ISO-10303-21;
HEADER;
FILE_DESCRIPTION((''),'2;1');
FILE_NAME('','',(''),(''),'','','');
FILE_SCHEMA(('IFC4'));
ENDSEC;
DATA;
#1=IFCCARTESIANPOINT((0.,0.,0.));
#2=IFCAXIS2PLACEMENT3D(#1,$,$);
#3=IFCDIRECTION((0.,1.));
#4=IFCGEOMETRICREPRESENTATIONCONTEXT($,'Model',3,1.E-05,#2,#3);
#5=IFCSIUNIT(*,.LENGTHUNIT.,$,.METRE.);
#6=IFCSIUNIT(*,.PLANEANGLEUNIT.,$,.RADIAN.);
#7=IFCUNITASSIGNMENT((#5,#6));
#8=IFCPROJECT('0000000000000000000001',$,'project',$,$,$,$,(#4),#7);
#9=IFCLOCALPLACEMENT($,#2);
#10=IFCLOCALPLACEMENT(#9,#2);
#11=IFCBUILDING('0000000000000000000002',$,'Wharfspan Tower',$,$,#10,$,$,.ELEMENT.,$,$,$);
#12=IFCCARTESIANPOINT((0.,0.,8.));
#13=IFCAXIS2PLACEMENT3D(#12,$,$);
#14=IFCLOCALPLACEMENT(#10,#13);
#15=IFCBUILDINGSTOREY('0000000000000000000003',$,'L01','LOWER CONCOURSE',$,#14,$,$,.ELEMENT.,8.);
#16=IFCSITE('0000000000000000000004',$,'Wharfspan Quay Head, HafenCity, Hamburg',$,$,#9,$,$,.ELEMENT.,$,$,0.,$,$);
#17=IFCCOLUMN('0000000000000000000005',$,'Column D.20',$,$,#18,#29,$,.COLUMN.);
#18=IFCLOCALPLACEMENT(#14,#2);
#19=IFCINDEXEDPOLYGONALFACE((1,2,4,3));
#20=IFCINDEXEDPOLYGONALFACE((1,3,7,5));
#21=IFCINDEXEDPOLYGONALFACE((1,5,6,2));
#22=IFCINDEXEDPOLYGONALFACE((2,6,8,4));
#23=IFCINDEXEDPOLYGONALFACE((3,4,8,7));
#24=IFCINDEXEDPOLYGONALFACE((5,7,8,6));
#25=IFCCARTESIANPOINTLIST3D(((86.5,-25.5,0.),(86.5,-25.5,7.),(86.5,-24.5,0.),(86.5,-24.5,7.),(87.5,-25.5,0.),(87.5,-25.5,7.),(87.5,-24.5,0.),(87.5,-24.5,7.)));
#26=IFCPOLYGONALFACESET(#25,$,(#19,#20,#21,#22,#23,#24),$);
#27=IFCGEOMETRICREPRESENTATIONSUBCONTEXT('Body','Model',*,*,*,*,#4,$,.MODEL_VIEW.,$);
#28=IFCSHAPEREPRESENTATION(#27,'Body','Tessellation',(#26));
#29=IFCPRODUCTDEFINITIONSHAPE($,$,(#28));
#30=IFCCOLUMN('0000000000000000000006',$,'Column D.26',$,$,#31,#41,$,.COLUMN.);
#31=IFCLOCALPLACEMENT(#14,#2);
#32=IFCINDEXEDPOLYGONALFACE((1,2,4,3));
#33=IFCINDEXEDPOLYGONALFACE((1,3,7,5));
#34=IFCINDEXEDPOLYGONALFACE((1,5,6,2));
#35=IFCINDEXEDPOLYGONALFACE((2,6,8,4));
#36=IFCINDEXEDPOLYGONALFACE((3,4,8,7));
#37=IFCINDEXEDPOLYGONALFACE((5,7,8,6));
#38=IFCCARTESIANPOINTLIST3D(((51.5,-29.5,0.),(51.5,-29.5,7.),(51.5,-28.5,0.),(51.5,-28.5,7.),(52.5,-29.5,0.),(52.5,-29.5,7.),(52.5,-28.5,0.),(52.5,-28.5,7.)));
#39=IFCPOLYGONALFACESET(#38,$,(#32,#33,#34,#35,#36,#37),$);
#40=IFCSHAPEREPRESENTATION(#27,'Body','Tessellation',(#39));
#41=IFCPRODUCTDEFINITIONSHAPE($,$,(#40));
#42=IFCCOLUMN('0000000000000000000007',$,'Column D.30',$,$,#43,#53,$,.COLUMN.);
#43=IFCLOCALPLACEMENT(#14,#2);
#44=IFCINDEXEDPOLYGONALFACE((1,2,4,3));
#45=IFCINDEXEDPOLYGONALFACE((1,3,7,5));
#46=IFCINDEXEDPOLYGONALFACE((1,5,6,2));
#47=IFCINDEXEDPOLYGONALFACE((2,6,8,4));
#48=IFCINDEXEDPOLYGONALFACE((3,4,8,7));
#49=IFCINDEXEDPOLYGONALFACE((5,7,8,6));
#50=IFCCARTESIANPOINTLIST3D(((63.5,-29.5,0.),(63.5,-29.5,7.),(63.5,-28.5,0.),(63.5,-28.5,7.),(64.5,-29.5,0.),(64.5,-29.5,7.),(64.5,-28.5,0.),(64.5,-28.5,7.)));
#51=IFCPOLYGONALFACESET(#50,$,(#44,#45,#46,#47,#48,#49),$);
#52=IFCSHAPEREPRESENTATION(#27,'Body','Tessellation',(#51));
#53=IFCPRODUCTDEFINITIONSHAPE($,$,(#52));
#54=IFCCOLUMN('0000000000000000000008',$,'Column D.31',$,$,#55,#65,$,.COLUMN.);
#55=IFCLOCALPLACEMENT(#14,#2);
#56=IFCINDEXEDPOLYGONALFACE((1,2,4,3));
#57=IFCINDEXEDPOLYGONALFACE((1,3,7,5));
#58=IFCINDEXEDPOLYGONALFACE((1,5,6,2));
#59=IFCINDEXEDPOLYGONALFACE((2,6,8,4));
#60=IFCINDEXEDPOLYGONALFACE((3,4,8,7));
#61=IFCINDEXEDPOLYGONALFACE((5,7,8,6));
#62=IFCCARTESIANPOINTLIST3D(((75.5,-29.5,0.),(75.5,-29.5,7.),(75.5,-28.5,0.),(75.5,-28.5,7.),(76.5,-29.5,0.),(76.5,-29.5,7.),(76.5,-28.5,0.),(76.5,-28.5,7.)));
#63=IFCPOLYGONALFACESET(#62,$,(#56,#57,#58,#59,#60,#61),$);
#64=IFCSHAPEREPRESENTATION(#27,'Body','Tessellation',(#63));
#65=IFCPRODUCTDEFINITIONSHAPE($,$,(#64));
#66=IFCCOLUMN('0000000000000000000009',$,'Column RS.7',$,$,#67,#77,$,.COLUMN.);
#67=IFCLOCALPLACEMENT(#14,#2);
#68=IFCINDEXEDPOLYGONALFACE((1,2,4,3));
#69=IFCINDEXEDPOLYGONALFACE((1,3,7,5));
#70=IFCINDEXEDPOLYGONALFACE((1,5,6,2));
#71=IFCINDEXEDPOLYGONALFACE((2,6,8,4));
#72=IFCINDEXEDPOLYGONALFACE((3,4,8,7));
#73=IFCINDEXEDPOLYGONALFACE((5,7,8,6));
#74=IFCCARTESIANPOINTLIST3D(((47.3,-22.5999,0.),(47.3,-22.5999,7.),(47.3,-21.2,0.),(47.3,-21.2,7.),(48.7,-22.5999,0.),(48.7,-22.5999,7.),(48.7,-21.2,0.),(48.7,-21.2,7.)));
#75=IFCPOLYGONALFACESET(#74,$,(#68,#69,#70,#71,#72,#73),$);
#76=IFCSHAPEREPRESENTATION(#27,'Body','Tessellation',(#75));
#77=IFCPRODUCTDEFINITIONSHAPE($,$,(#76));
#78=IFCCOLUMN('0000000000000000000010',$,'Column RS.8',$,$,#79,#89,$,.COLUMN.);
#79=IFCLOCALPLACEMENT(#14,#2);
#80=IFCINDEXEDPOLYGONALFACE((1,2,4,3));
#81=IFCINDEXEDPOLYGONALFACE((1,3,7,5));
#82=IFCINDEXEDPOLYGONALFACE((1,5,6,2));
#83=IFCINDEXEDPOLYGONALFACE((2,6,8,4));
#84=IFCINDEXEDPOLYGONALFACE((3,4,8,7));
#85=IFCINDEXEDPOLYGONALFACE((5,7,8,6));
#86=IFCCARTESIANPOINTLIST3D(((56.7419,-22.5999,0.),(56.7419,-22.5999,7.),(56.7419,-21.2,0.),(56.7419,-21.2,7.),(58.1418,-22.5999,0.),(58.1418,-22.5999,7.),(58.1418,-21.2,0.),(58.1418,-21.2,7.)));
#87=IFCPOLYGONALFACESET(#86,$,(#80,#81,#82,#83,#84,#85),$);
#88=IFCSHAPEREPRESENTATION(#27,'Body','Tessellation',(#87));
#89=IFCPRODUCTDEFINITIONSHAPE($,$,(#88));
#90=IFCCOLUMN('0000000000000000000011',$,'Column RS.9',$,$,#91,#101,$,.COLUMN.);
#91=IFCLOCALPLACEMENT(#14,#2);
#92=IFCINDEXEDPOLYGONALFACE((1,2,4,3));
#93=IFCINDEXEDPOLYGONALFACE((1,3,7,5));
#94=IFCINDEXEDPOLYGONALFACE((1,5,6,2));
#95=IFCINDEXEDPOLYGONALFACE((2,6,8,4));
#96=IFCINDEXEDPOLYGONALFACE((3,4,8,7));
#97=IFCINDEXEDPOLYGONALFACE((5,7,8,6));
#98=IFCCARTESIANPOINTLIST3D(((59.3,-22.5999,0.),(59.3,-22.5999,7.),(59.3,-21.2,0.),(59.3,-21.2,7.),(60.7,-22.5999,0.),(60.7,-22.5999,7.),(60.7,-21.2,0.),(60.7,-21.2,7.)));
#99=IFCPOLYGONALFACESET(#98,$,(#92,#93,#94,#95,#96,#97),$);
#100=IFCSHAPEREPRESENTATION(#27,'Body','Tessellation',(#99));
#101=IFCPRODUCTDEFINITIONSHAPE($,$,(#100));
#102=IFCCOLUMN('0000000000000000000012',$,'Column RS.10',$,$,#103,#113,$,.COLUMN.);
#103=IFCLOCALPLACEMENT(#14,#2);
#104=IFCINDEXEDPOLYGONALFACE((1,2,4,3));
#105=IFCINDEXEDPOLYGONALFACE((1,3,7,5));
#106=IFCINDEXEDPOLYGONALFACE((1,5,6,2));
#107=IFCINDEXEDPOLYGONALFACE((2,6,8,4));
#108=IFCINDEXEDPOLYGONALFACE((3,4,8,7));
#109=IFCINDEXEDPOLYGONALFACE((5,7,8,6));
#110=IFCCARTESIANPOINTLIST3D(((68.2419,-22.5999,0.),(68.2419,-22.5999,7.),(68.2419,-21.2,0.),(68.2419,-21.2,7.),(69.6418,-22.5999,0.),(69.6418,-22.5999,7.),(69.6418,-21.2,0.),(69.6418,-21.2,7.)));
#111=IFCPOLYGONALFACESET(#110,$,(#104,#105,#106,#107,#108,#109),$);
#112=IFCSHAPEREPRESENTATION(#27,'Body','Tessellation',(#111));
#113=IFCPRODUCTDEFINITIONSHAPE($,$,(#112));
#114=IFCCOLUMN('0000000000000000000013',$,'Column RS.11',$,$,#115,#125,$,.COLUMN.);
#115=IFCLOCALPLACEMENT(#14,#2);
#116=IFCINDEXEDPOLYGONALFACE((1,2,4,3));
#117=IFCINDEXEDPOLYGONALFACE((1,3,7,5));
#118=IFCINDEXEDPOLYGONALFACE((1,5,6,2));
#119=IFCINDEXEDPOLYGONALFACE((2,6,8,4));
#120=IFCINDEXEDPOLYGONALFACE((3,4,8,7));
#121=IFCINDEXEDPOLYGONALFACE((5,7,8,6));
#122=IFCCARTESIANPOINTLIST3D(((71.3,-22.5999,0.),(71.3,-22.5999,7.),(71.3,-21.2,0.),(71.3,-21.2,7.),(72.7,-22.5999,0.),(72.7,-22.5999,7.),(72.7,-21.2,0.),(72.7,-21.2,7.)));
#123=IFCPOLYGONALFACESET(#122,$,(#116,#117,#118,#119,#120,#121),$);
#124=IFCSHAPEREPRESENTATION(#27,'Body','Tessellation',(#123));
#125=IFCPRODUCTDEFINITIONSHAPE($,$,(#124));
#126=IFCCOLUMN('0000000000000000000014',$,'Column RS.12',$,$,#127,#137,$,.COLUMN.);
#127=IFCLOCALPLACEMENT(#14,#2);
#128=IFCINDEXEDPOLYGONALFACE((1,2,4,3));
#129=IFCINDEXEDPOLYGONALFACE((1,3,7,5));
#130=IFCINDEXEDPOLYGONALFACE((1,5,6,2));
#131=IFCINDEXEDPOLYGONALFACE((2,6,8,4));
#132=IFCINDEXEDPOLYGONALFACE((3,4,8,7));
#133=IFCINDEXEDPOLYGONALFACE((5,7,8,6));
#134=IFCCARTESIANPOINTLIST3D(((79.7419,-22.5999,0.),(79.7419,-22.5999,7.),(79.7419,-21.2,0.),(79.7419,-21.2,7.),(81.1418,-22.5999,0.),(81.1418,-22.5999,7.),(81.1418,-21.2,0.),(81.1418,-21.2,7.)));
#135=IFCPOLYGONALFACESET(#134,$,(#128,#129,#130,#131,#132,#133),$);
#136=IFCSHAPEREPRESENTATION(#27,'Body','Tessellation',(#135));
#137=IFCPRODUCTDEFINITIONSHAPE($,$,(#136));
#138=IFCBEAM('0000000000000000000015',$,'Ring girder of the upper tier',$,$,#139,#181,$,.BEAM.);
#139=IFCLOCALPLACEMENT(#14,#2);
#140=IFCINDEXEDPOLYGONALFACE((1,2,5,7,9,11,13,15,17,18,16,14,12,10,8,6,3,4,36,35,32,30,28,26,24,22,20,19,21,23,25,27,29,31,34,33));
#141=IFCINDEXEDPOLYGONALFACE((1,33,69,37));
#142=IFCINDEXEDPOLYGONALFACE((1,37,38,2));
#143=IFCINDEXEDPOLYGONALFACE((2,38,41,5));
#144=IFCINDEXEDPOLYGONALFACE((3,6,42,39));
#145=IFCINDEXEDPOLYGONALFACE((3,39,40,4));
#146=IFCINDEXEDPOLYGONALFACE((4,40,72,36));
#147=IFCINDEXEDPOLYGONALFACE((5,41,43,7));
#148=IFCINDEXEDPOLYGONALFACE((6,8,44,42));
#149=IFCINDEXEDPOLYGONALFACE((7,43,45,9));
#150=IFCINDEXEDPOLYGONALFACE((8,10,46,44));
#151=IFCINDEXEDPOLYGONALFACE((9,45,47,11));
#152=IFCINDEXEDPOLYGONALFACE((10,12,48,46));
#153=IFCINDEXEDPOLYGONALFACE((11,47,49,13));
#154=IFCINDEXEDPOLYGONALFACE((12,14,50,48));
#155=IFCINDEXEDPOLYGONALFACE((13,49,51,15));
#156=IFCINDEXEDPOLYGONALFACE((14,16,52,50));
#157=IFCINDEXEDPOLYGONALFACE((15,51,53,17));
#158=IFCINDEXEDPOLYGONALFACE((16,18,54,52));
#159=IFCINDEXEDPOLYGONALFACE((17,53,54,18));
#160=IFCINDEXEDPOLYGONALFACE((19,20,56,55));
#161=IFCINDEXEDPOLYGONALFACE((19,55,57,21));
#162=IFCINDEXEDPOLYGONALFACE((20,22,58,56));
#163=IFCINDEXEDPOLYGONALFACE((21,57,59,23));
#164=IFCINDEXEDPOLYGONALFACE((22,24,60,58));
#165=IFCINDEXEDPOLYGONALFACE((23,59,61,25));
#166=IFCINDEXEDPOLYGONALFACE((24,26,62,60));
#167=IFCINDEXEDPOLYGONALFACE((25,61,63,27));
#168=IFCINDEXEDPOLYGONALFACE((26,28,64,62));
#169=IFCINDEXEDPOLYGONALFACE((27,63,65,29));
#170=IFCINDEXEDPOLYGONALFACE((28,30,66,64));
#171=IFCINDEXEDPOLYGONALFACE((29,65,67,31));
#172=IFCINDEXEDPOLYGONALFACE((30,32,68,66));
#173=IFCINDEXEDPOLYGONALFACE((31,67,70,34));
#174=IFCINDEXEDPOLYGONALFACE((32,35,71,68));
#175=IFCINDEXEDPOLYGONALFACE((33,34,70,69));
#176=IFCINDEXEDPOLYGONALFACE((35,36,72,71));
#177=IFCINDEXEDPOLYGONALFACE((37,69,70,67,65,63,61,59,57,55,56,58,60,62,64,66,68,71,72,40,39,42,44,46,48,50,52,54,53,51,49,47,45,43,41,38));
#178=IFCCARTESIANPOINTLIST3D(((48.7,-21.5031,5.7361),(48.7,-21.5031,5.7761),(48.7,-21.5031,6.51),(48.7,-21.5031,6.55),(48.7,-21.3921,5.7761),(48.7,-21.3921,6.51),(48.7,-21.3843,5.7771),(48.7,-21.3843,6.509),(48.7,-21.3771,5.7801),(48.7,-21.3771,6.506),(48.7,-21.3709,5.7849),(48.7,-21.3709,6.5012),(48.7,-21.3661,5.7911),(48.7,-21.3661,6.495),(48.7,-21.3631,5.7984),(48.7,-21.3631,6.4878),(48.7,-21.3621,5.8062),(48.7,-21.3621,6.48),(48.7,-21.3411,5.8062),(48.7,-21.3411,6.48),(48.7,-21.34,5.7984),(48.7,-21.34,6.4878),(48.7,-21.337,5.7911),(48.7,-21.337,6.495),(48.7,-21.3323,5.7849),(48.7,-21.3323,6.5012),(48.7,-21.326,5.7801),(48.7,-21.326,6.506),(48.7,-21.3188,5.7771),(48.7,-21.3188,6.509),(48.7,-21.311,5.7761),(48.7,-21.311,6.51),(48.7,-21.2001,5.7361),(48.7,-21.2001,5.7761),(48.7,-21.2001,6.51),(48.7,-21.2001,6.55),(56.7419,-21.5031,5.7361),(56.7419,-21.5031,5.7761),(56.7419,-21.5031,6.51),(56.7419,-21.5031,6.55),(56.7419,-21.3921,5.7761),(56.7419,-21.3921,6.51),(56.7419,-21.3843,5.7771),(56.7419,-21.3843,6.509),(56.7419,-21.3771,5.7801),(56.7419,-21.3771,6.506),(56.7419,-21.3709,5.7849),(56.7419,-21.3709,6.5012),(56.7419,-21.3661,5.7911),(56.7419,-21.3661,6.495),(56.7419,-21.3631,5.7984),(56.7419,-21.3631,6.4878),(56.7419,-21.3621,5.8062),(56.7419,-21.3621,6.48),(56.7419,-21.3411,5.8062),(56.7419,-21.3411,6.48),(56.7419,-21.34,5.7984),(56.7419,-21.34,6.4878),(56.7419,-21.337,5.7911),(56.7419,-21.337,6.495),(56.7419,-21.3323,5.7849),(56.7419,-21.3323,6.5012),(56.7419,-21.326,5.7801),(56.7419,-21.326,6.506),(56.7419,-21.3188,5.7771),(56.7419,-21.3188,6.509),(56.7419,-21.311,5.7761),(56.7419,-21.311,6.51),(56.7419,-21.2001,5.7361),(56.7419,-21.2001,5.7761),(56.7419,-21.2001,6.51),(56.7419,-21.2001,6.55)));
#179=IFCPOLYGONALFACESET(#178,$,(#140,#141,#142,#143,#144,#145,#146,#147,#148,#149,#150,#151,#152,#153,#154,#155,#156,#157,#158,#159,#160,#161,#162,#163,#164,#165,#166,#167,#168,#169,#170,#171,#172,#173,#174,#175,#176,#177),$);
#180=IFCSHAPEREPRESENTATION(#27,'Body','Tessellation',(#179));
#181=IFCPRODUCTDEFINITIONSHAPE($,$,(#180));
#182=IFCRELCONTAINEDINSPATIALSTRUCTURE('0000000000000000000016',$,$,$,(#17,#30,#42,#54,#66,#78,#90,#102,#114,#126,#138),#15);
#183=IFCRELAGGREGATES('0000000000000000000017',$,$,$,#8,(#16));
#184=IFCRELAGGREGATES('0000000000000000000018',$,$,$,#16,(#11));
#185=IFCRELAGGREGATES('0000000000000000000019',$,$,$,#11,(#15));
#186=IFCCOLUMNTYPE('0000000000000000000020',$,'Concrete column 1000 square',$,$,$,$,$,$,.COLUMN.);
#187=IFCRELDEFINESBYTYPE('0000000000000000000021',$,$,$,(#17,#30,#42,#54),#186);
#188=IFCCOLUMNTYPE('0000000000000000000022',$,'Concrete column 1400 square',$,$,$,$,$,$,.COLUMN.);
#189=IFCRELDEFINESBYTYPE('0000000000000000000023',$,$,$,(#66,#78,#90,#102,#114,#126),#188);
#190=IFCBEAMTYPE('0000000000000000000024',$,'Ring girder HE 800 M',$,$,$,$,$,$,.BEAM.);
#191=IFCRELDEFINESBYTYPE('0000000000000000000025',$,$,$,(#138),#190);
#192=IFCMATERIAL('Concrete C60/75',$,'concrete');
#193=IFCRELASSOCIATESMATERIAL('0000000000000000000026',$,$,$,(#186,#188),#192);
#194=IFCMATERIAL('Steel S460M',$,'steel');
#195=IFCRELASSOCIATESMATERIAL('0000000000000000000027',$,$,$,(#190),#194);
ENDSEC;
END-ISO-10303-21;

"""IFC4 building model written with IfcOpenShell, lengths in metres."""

from ifc_helpers import new_model, si_unit, direction, frame, origin, origin_2d, place, context, subcontext, project, spatial, rectangle, i_section, extrude, material, material_profile, profile_set, type_object, element, save


model = new_model("IFC4")

# Units and contexts
model_context = context("Model", 3, precision=1e-05, world=origin(), true_north=direction((0.0, 1.0)))
body_context = subcontext(model_context, "Body", "Model", "MODEL_VIEW")
ifc_project = project(units=[si_unit("LENGTHUNIT", "METRE"), si_unit("PLANEANGLEUNIT", "RADIAN")], contexts=[model_context])

# Site, building, storey
site_placement = place(None, origin())
site = spatial("IfcSite", under=ifc_project, at=site_placement, Name="Wharfspan Quay Head, HafenCity, Hamburg", CompositionType="ELEMENT", RefElevation=0.0)
building_placement = place(site_placement, origin())
building = spatial("IfcBuilding", under=site, at=building_placement, Name="Wharfspan Tower", CompositionType="ELEMENT")
storey_placement = place(building_placement, frame((0.0, 0.0, 8.0)))
storey = spatial("IfcBuildingStorey", under=building, at=storey_placement, Name="L01", Description="LOWER CONCOURSE", CompositionType="ELEMENT", Elevation=8.0)

# Columns
ifc_material_1 = material(Name="Concrete C60/75", Category="concrete")
ifc_material_profile_1 = material_profile(ifc_material_1, rectangle(XDim=1.0, YDim=1.0, at=origin_2d()))
ifc_profile_set_1 = profile_set([ifc_material_profile_1], Name="Concrete C60/75")
column_type_1 = type_object("IfcColumnType", Name="Concrete column 1000 square", PredefinedType="COLUMN", material=ifc_profile_set_1)
for number, where, z_axis, x_axis, name in (
    (1, (87.0, -25.0, 0.0), (0.0, 0.0, 1.0), (1.0, 0.0, 0.0), "Column D.20"),
    (2, (52.0, -29.0, 0.0), (0.0, 0.0, 1.0), (1.0, 0.0, 0.0), "Column D.26"),
    (3, (64.0, -29.0, 0.0), (0.0, 0.0, 1.0), (1.0, 0.0, 0.0), "Column D.30"),
    (4, (76.0, -29.0, 0.0), (0.0, 0.0, 1.0), (1.0, 0.0, 0.0), "Column D.31"),
):
    element("IfcColumn", number, at=place(storey_placement, frame(where, z_axis=z_axis, x_axis=x_axis)), inside=storey, type_object=column_type_1, Name=name, PredefinedType="COLUMN", context=body_context, shape_type="SweptSolid", body=[
        extrude(rectangle(XDim=1.0, YDim=1.0, at=origin_2d()), origin(), (0.0, 0.0, 1.0), 7.0),
    ])
ifc_material_profile_2 = material_profile(ifc_material_1, rectangle(XDim=1.3999, YDim=1.3999, at=origin_2d()))
ifc_profile_set_2 = profile_set([ifc_material_profile_2], Name="Concrete C60/75")
column_type_2 = type_object("IfcColumnType", Name="Concrete column 1400 square", PredefinedType="COLUMN", material=ifc_profile_set_2)
for number, where, z_axis, x_axis, name in (
    (5, (48.0, -21.8999, 0.0), (0.0, 0.0, 1.0), (1.0, 0.0, 0.0), "Column RS.7"),
    (6, (57.4419, -21.8999, 0.0), (0.0, 0.0, 1.0), (1.0, 0.0, 0.0), "Column RS.8"),
    (7, (60.0, -21.8999, 0.0), (0.0, 0.0, 1.0), (1.0, 0.0, 0.0), "Column RS.9"),
    (8, (68.9419, -21.8999, 0.0), (0.0, 0.0, 1.0), (1.0, 0.0, 0.0), "Column RS.10"),
    (9, (72.0, -21.8999, 0.0), (0.0, 0.0, 1.0), (1.0, 0.0, 0.0), "Column RS.11"),
    (10, (80.4419, -21.8999, 0.0), (0.0, 0.0, 1.0), (1.0, 0.0, 0.0), "Column RS.12"),
):
    element("IfcColumn", number, at=place(storey_placement, frame(where, z_axis=z_axis, x_axis=x_axis)), inside=storey, type_object=column_type_2, Name=name, PredefinedType="COLUMN", context=body_context, shape_type="SweptSolid", body=[
        extrude(rectangle(XDim=1.3999, YDim=1.3999, at=origin_2d()), origin(), (0.0, 0.0, 1.0), 7.0),
    ])

# Beam
ifc_material_2 = material(Name="Steel S460M", Category="steel")
ifc_material_profile_3 = material_profile(ifc_material_2, i_section(OverallWidth=0.303, OverallDepth=0.814, WebThickness=0.021, FlangeThickness=0.04, FilletRadius=0.03, at=origin_2d()))
ifc_profile_set_3 = profile_set([ifc_material_profile_3], Name="Steel S460M")
beam_type = type_object("IfcBeamType", Name="Ring girder HE 800 M", PredefinedType="BEAM", material=ifc_profile_set_3)
beam_1_placement = place(storey_placement, frame((48.7, -21.3516, 6.1431), z_axis=(1.0, 0.0, 0.0), x_axis=(0.0, 1.0, 0.0)))
element("IfcBeam", 11, at=beam_1_placement, inside=storey, type_object=beam_type, Name="Ring girder of the upper tier", PredefinedType="BEAM", context=body_context, shape_type="SweptSolid", body=[
    extrude(i_section(OverallWidth=0.303, OverallDepth=0.814, WebThickness=0.021, FlangeThickness=0.04, FilletRadius=0.03, at=origin_2d()), origin(), (0.0, 0.0, 1.0), 8.042),
])

save(model, "model.ifc")
